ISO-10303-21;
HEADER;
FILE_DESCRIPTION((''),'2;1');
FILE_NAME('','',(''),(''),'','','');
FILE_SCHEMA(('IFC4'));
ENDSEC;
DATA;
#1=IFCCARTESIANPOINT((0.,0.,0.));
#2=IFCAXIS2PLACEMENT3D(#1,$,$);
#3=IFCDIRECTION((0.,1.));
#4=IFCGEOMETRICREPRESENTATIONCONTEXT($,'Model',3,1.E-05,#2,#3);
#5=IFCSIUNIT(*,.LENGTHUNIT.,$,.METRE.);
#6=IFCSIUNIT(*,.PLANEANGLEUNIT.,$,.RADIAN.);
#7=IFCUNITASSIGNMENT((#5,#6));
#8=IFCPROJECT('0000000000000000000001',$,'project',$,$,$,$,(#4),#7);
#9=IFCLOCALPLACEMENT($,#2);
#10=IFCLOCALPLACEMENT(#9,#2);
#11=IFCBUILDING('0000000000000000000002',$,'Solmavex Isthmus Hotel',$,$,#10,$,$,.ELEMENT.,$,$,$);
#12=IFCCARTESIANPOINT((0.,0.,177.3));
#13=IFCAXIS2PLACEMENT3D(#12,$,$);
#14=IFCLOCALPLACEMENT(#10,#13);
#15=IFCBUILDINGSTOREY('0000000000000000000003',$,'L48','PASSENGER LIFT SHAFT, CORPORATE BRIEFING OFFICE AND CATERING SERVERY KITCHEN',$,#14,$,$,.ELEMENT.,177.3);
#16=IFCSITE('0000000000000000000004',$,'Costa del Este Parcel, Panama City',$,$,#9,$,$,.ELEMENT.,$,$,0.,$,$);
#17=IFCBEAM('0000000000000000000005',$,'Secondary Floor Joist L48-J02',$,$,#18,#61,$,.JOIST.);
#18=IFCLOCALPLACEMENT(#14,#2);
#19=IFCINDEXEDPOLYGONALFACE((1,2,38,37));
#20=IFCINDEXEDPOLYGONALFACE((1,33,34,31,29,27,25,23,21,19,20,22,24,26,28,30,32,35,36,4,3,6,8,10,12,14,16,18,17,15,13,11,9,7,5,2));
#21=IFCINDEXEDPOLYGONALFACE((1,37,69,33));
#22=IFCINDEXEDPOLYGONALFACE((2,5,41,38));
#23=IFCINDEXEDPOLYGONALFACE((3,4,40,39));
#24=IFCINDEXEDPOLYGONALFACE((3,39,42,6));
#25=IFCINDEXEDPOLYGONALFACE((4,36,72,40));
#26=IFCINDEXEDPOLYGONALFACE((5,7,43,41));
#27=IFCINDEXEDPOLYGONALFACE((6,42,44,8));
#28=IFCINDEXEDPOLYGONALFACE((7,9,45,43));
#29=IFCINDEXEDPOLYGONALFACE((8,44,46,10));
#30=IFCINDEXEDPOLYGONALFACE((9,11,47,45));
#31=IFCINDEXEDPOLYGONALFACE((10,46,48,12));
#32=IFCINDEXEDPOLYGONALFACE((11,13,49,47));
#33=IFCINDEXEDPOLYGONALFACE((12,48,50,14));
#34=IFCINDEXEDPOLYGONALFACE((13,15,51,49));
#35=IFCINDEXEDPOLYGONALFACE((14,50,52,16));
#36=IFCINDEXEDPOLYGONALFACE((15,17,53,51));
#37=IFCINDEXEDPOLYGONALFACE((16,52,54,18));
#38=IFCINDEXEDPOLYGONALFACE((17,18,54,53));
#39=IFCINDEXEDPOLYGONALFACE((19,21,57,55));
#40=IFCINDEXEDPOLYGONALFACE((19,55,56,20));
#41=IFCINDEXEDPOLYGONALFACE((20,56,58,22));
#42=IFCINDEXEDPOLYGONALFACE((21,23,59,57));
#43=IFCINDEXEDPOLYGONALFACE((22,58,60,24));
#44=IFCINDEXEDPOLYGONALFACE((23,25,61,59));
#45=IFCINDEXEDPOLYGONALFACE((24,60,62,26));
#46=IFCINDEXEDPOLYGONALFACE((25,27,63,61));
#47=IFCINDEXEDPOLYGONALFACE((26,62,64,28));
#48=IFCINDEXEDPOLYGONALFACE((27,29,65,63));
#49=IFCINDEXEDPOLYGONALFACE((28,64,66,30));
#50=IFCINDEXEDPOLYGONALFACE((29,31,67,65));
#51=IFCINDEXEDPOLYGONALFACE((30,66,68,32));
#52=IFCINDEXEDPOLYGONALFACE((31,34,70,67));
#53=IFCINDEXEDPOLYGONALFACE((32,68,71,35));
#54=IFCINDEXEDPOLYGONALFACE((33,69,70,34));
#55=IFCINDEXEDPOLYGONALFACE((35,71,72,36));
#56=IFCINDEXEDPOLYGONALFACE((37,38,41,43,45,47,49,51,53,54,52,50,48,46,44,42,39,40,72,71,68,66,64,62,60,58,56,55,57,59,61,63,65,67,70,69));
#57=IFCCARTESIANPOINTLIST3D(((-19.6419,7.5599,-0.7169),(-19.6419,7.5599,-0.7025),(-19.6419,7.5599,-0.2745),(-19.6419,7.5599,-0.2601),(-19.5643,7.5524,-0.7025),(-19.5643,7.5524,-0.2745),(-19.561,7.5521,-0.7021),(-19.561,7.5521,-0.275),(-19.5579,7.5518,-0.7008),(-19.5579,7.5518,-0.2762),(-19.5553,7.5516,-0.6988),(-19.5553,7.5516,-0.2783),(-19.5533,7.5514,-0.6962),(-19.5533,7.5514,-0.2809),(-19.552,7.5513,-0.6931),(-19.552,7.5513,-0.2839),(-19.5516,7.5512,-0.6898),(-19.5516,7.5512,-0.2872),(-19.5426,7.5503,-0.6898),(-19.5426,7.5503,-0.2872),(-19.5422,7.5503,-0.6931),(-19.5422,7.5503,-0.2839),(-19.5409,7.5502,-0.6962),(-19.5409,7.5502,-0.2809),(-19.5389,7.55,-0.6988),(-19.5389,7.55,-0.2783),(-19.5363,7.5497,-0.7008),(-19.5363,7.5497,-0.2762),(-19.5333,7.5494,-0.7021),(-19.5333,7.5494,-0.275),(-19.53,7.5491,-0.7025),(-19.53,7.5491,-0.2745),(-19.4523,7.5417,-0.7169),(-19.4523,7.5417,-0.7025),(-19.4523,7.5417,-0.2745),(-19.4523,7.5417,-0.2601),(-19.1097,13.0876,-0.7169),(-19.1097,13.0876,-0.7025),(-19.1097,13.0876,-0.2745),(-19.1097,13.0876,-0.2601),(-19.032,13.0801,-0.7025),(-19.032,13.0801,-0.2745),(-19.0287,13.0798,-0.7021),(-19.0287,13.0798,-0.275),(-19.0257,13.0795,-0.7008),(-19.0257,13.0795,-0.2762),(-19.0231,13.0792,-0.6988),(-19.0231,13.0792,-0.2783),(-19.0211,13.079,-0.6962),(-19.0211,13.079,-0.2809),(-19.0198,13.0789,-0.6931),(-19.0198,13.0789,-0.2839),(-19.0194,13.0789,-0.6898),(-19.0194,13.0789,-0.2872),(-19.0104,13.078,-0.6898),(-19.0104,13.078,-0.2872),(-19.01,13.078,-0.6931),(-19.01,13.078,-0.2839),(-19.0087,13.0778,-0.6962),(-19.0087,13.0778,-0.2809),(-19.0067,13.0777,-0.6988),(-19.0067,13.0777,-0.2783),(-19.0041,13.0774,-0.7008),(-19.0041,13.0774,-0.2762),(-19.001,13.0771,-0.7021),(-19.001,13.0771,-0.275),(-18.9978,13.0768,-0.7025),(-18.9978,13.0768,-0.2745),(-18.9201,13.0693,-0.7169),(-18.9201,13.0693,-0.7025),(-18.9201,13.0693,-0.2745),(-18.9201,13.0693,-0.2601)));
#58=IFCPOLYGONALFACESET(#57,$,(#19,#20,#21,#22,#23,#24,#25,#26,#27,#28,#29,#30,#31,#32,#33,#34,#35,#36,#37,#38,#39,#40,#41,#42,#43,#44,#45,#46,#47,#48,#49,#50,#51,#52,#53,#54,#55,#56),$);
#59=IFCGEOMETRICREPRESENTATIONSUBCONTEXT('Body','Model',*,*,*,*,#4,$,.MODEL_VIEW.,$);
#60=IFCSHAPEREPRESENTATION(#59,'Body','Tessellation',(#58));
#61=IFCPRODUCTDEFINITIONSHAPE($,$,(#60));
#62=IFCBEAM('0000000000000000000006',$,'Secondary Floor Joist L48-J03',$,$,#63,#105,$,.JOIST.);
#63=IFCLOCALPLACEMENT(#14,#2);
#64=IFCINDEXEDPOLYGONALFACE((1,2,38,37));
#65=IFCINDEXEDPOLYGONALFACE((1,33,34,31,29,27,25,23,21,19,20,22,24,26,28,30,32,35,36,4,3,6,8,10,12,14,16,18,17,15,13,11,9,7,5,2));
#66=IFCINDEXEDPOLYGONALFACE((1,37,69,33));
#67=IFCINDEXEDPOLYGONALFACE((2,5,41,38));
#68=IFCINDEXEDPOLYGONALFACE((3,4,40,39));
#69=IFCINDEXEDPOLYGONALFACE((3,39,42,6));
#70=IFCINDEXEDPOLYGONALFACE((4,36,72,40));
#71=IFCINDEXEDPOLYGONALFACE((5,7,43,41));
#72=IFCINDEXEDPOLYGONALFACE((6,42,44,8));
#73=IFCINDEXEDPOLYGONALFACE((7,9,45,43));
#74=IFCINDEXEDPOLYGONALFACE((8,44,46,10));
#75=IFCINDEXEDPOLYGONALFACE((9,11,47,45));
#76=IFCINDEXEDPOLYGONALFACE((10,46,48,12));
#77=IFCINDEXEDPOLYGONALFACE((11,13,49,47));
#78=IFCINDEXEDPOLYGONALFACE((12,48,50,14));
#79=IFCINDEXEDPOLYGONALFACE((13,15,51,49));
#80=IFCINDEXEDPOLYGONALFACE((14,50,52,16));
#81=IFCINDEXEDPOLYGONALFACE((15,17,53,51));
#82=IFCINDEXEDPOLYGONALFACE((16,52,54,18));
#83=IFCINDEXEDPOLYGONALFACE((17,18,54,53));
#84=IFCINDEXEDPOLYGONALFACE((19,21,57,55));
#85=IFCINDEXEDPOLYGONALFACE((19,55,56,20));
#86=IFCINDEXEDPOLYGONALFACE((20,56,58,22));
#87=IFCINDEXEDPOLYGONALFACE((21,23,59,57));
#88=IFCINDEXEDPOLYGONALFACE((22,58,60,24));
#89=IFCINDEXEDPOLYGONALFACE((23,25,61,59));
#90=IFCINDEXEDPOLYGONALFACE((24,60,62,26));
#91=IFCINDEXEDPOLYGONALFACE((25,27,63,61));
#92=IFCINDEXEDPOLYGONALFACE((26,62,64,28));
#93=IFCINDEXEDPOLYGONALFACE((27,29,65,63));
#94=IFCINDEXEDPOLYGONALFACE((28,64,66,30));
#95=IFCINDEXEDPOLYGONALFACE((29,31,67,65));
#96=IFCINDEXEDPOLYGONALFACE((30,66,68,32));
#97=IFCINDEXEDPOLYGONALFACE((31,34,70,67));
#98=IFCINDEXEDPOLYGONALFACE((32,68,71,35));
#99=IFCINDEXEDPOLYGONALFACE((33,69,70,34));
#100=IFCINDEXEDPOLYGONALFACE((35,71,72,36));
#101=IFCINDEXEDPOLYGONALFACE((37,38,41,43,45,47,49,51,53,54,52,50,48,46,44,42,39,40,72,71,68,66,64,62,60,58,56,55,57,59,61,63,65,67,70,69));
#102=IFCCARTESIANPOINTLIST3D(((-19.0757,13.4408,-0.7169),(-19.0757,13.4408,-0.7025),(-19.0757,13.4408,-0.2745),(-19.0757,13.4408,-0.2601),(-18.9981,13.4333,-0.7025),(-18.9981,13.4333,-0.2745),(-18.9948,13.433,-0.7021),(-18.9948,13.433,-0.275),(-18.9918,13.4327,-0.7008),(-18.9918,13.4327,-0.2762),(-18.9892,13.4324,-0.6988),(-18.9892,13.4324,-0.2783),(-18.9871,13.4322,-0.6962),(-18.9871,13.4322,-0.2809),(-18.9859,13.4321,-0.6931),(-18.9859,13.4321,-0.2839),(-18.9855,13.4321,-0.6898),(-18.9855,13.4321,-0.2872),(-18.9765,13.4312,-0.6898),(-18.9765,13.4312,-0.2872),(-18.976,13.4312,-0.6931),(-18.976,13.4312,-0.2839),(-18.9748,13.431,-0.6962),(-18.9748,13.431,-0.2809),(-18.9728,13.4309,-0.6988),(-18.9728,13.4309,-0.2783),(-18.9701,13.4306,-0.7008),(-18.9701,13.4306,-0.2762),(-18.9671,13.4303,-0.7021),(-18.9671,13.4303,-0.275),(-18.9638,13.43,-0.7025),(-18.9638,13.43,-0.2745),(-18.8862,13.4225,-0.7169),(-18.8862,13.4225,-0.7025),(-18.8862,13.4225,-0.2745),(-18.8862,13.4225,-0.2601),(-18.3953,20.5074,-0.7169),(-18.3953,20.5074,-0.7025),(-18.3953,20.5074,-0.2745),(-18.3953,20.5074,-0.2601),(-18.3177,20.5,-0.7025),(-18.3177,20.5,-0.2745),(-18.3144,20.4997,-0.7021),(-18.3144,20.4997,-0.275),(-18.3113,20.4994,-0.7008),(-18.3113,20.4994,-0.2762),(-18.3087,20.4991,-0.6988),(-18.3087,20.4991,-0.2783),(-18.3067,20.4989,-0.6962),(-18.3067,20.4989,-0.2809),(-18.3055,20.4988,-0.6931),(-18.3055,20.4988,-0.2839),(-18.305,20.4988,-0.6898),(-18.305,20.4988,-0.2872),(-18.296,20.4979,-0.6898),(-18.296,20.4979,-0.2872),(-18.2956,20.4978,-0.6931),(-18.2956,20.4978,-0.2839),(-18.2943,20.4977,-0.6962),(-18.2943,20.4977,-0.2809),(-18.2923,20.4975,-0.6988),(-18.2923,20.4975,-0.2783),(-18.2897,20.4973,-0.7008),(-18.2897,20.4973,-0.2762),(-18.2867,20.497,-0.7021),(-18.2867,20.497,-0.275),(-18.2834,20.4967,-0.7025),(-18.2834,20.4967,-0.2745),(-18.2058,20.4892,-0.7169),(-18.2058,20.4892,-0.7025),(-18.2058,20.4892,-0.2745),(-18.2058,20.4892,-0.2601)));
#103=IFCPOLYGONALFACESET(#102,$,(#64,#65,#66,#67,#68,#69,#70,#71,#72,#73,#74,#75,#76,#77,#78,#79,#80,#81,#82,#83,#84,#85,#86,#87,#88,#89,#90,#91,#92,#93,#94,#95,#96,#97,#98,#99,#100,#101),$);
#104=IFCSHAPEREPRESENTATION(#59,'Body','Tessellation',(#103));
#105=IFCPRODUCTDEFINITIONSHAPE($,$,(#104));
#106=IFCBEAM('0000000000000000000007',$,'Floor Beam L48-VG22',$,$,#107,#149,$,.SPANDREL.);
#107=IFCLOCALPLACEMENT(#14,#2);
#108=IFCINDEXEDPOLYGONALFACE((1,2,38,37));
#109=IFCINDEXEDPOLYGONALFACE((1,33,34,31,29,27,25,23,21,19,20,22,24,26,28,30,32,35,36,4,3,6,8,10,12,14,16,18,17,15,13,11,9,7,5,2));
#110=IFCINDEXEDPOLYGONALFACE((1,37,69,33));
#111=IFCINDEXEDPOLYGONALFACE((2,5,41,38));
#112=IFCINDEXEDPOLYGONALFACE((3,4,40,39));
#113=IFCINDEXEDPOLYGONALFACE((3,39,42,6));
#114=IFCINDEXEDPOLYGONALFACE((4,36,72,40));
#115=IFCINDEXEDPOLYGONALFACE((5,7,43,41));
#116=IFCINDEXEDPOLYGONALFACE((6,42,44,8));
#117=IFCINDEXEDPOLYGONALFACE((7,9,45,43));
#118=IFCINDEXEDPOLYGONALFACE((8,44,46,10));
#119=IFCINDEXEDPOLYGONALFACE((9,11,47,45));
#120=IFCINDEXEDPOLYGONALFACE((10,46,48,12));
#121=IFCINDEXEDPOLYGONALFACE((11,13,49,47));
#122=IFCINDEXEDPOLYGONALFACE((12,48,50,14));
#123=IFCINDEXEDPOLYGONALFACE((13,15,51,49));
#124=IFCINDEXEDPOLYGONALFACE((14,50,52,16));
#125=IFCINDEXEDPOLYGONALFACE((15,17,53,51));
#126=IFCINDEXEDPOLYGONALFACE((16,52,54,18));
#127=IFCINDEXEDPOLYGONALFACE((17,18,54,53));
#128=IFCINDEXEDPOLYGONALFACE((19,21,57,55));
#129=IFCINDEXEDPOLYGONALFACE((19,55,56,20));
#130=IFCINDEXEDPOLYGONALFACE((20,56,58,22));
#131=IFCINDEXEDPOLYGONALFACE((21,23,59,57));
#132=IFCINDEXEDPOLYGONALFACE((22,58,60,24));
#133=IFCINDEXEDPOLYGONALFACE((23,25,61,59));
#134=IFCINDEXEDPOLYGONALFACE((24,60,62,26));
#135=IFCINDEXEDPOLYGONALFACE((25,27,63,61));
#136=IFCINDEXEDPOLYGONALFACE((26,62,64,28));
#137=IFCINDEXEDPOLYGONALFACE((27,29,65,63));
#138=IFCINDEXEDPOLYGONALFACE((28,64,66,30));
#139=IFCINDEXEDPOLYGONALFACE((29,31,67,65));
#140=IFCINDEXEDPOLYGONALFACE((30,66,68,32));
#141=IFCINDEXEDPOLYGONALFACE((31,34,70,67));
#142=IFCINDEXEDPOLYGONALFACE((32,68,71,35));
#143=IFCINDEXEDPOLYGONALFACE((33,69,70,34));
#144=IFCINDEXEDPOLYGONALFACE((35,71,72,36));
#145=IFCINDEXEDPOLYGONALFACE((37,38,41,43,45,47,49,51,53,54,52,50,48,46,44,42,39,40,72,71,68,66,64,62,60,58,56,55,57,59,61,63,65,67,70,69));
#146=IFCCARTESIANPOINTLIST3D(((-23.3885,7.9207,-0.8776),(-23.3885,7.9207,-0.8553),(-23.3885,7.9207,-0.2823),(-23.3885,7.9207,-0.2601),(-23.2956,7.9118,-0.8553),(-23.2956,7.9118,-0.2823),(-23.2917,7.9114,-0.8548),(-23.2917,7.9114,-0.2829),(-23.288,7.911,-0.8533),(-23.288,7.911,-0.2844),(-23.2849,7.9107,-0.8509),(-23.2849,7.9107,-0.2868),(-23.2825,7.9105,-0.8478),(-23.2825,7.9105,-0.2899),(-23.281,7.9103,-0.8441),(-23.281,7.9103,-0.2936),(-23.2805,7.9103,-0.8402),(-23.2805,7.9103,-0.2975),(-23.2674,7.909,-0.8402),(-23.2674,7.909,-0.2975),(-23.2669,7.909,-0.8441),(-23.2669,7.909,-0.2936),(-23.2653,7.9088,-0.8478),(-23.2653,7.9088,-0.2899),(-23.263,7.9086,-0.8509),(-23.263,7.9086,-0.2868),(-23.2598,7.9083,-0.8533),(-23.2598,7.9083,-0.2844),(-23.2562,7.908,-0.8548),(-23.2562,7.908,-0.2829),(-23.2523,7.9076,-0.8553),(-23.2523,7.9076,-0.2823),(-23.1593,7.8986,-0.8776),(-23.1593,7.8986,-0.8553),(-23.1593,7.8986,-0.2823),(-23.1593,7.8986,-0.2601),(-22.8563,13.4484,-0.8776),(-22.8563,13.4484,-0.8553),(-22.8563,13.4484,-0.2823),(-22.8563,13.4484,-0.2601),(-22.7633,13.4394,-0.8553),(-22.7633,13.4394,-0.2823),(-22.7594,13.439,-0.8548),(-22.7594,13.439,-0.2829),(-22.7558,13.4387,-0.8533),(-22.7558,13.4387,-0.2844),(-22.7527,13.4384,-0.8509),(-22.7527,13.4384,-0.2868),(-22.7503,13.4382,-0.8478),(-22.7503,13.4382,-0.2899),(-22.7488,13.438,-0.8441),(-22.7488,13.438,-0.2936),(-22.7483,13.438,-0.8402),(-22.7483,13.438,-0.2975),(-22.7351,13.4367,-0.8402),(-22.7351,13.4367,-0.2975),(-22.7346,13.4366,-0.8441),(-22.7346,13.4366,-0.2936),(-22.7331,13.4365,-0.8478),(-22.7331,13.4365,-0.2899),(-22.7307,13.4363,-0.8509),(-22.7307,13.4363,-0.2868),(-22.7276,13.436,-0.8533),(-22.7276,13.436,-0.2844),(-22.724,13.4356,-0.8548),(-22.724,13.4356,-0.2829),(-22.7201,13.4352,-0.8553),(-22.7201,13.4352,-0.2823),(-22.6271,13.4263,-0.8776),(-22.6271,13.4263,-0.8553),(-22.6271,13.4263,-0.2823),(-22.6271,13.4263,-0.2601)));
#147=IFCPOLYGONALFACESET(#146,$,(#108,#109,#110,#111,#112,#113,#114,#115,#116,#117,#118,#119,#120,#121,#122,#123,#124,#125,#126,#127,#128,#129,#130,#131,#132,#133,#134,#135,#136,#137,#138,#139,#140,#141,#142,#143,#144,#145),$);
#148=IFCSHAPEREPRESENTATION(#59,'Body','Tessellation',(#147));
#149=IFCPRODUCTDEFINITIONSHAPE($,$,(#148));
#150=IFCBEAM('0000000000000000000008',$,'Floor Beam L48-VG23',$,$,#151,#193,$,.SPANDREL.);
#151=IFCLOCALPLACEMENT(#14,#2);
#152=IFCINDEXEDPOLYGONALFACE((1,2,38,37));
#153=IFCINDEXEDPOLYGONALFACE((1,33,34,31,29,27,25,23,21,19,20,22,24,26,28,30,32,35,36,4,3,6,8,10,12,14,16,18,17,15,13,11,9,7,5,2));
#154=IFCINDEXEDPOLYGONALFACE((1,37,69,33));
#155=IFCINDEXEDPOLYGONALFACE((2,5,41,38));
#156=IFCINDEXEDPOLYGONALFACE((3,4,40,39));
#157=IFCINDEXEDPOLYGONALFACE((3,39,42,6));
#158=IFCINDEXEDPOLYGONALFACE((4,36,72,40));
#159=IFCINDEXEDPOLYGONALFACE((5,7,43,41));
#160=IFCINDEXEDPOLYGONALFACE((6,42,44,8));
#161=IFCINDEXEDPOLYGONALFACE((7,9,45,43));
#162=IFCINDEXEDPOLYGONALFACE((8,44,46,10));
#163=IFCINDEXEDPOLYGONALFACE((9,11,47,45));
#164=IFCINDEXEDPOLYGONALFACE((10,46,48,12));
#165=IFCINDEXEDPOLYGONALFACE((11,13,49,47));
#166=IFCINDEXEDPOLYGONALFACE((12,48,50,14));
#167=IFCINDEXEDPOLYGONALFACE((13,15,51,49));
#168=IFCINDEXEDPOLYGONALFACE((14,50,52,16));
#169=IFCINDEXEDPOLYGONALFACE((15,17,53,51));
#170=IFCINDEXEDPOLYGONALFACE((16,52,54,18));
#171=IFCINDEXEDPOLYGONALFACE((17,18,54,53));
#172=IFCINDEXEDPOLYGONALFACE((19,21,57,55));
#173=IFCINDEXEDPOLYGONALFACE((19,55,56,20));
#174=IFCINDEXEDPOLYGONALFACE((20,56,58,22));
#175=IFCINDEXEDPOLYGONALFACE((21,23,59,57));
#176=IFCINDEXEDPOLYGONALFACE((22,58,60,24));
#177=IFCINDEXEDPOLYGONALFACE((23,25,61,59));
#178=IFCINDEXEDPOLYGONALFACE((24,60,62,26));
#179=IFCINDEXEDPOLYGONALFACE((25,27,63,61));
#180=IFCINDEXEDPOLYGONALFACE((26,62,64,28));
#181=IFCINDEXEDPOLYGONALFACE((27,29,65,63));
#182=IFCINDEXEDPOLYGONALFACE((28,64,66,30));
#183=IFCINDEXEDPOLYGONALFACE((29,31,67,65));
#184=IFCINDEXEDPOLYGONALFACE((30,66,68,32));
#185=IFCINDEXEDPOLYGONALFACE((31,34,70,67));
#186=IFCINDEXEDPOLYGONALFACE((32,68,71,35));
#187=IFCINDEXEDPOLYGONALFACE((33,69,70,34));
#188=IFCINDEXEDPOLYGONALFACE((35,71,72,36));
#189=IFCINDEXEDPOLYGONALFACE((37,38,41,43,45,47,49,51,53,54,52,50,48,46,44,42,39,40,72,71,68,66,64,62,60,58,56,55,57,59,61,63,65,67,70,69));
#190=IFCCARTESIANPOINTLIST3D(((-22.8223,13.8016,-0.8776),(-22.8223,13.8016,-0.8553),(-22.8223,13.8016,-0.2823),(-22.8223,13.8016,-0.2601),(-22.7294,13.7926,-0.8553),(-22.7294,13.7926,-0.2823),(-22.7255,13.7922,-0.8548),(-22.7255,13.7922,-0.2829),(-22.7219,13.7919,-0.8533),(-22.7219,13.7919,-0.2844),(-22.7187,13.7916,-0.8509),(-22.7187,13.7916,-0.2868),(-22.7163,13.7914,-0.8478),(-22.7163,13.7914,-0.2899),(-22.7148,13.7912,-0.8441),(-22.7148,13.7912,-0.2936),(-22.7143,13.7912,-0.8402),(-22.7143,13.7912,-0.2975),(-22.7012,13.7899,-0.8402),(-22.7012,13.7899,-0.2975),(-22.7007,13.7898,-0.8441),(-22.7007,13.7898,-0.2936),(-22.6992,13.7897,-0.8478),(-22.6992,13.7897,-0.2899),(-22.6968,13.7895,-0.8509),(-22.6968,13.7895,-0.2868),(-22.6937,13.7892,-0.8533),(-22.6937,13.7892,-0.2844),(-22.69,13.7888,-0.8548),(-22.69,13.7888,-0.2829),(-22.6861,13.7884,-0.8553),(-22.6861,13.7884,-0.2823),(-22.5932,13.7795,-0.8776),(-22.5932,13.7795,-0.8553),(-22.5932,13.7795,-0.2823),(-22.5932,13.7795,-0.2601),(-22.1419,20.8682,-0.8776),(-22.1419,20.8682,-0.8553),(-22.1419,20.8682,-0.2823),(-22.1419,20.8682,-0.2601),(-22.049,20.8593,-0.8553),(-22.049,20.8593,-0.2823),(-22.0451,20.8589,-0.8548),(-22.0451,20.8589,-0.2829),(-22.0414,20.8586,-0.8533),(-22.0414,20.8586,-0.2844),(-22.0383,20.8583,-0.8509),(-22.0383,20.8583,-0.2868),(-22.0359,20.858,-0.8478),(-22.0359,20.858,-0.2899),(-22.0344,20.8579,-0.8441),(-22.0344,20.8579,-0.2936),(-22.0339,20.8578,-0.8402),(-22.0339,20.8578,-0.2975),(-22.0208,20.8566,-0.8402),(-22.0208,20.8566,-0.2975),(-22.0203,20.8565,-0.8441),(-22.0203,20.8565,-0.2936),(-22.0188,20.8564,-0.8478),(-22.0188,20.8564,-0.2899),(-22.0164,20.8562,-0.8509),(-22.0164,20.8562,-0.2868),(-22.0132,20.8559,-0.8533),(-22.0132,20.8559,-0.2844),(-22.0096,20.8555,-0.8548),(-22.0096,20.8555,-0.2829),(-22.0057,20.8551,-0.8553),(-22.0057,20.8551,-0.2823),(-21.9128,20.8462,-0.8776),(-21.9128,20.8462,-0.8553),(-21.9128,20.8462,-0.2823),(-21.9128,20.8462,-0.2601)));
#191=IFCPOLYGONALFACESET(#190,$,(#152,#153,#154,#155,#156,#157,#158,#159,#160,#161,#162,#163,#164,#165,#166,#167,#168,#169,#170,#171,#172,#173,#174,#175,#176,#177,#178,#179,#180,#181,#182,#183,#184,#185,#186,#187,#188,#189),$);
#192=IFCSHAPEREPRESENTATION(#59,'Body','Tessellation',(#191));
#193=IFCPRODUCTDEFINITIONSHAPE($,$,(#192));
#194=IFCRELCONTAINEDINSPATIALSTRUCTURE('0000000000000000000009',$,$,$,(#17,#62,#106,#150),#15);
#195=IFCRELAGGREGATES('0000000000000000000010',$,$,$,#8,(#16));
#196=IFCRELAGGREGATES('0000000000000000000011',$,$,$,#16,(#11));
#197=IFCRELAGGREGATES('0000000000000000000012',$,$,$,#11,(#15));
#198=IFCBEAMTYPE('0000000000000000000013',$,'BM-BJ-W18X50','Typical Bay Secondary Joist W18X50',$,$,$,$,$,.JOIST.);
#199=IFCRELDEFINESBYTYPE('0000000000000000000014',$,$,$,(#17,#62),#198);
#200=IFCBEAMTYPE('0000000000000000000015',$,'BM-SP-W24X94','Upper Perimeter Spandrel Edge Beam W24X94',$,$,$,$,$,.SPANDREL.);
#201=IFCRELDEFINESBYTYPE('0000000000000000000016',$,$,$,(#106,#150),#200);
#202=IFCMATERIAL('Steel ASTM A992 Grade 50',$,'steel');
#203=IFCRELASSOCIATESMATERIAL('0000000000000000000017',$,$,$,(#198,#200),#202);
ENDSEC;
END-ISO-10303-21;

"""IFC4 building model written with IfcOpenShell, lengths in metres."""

from ifc_helpers import new_model, si_unit, direction, frame, origin, origin_2d, place, context, subcontext, project, spatial, i_section, extrude, material, material_profile, profile_set, type_object, element, save


model = new_model("IFC4")

# Units and contexts
model_context = context("Model", 3, precision=1e-05, world=origin(), true_north=direction((0.0, 1.0)))
body_context = subcontext(model_context, "Body", "Model", "MODEL_VIEW")
ifc_project = project(units=[si_unit("LENGTHUNIT", "METRE"), si_unit("PLANEANGLEUNIT", "RADIAN")], contexts=[model_context])

# Site, building, storey
site_placement = place(None, origin())
site = spatial("IfcSite", under=ifc_project, at=site_placement, Name="Costa del Este Parcel, Panama City", CompositionType="ELEMENT", RefElevation=0.0)
building_placement = place(site_placement, origin())
building = spatial("IfcBuilding", under=site, at=building_placement, Name="Solmavex Isthmus Hotel", CompositionType="ELEMENT")
storey_placement = place(building_placement, frame((0.0, 0.0, 177.3)))
storey = spatial("IfcBuildingStorey", under=building, at=storey_placement, Name="L48", Description="PASSENGER LIFT SHAFT, CORPORATE BRIEFING OFFICE AND CATERING SERVERY KITCHEN", CompositionType="ELEMENT", Elevation=177.3)

# Beams
ifc_material_1 = material(Name="Steel ASTM A992 Grade 50", Category="steel")
ifc_material_profile_1 = material_profile(ifc_material_1, i_section(OverallWidth=0.1904, OverallDepth=0.4568, WebThickness=0.009, FlangeThickness=0.0144, FilletRadius=0.0127, at=origin_2d()), Name="W18X50")
ifc_profile_set_1 = profile_set([ifc_material_profile_1], Name="Steel ASTM A992 Grade 50")
beam_type_1 = type_object("IfcBeamType", Name="BM-BJ-W18X50", Description="Typical Bay Secondary Joist W18X50", PredefinedType="JOIST", material=ifc_profile_set_1)
beam_1_placement = place(storey_placement, frame((-19.5471, 7.5508, -0.4885), z_axis=(0.095842, 0.995397, 0.0), x_axis=(-0.995397, 0.095842, 0.0)))
element("IfcBeam", 1, at=beam_1_placement, inside=storey, type_object=beam_type_1, Name="Secondary Floor Joist L48-J02", PredefinedType="JOIST", context=body_context, shape_type="SweptSolid", body=[
    extrude(i_section(OverallWidth=0.1904, OverallDepth=0.4568, WebThickness=0.009, FlangeThickness=0.0144, FilletRadius=0.0127, at=origin_2d()), origin(), (0.0, 0.0, 1.0), 5.5532),
])
beam_2_placement = place(storey_placement, frame((-18.981, 13.4316, -0.4885), z_axis=(0.095843, 0.995396, 0.0), x_axis=(-0.995396, 0.095843, 0.0)))
element("IfcBeam", 2, at=beam_2_placement, inside=storey, type_object=beam_type_1, Name="Secondary Floor Joist L48-J03", PredefinedType="JOIST", context=body_context, shape_type="SweptSolid", body=[
    extrude(i_section(OverallWidth=0.1904, OverallDepth=0.4568, WebThickness=0.009, FlangeThickness=0.0144, FilletRadius=0.0127, at=origin_2d()), origin(), (0.0, 0.0, 1.0), 7.0994),
])
ifc_material_profile_2 = material_profile(ifc_material_1, i_section(OverallWidth=0.2302, OverallDepth=0.6174, WebThickness=0.0132, FlangeThickness=0.0222, FilletRadius=0.0151, at=origin_2d()), Name="W24X94")
ifc_profile_set_2 = profile_set([ifc_material_profile_2], Name="Steel ASTM A992 Grade 50")
beam_type_2 = type_object("IfcBeamType", Name="BM-SP-W24X94", Description="Upper Perimeter Spandrel Edge Beam W24X94", PredefinedType="SPANDREL", material=ifc_profile_set_2)
beam_3_placement = place(storey_placement, frame((-23.2739, 7.9097, -0.5688), z_axis=(0.095842, 0.995397, 0.0), x_axis=(-0.995397, 0.095842, 0.0)))
element("IfcBeam", 3, at=beam_3_placement, inside=storey, type_object=beam_type_2, Name="Floor Beam L48-VG22", PredefinedType="SPANDREL", context=body_context, shape_type="SweptSolid", body=[
    extrude(i_section(OverallWidth=0.2302, OverallDepth=0.6174, WebThickness=0.0132, FlangeThickness=0.0222, FilletRadius=0.0151, at=origin_2d()), origin(), (0.0, 0.0, 1.0), 5.5532),
])
beam_4_placement = place(storey_placement, frame((-22.7078, 13.7905, -0.5688), z_axis=(0.095843, 0.995396, 0.0), x_axis=(-0.995396, 0.095843, 0.0)))
element("IfcBeam", 4, at=beam_4_placement, inside=storey, type_object=beam_type_2, Name="Floor Beam L48-VG23", PredefinedType="SPANDREL", context=body_context, shape_type="SweptSolid", body=[
    extrude(i_section(OverallWidth=0.2302, OverallDepth=0.6174, WebThickness=0.0132, FlangeThickness=0.0222, FilletRadius=0.0151, at=origin_2d()), origin(), (0.0, 0.0, 1.0), 7.0994),
])

save(model, "model.ifc")
